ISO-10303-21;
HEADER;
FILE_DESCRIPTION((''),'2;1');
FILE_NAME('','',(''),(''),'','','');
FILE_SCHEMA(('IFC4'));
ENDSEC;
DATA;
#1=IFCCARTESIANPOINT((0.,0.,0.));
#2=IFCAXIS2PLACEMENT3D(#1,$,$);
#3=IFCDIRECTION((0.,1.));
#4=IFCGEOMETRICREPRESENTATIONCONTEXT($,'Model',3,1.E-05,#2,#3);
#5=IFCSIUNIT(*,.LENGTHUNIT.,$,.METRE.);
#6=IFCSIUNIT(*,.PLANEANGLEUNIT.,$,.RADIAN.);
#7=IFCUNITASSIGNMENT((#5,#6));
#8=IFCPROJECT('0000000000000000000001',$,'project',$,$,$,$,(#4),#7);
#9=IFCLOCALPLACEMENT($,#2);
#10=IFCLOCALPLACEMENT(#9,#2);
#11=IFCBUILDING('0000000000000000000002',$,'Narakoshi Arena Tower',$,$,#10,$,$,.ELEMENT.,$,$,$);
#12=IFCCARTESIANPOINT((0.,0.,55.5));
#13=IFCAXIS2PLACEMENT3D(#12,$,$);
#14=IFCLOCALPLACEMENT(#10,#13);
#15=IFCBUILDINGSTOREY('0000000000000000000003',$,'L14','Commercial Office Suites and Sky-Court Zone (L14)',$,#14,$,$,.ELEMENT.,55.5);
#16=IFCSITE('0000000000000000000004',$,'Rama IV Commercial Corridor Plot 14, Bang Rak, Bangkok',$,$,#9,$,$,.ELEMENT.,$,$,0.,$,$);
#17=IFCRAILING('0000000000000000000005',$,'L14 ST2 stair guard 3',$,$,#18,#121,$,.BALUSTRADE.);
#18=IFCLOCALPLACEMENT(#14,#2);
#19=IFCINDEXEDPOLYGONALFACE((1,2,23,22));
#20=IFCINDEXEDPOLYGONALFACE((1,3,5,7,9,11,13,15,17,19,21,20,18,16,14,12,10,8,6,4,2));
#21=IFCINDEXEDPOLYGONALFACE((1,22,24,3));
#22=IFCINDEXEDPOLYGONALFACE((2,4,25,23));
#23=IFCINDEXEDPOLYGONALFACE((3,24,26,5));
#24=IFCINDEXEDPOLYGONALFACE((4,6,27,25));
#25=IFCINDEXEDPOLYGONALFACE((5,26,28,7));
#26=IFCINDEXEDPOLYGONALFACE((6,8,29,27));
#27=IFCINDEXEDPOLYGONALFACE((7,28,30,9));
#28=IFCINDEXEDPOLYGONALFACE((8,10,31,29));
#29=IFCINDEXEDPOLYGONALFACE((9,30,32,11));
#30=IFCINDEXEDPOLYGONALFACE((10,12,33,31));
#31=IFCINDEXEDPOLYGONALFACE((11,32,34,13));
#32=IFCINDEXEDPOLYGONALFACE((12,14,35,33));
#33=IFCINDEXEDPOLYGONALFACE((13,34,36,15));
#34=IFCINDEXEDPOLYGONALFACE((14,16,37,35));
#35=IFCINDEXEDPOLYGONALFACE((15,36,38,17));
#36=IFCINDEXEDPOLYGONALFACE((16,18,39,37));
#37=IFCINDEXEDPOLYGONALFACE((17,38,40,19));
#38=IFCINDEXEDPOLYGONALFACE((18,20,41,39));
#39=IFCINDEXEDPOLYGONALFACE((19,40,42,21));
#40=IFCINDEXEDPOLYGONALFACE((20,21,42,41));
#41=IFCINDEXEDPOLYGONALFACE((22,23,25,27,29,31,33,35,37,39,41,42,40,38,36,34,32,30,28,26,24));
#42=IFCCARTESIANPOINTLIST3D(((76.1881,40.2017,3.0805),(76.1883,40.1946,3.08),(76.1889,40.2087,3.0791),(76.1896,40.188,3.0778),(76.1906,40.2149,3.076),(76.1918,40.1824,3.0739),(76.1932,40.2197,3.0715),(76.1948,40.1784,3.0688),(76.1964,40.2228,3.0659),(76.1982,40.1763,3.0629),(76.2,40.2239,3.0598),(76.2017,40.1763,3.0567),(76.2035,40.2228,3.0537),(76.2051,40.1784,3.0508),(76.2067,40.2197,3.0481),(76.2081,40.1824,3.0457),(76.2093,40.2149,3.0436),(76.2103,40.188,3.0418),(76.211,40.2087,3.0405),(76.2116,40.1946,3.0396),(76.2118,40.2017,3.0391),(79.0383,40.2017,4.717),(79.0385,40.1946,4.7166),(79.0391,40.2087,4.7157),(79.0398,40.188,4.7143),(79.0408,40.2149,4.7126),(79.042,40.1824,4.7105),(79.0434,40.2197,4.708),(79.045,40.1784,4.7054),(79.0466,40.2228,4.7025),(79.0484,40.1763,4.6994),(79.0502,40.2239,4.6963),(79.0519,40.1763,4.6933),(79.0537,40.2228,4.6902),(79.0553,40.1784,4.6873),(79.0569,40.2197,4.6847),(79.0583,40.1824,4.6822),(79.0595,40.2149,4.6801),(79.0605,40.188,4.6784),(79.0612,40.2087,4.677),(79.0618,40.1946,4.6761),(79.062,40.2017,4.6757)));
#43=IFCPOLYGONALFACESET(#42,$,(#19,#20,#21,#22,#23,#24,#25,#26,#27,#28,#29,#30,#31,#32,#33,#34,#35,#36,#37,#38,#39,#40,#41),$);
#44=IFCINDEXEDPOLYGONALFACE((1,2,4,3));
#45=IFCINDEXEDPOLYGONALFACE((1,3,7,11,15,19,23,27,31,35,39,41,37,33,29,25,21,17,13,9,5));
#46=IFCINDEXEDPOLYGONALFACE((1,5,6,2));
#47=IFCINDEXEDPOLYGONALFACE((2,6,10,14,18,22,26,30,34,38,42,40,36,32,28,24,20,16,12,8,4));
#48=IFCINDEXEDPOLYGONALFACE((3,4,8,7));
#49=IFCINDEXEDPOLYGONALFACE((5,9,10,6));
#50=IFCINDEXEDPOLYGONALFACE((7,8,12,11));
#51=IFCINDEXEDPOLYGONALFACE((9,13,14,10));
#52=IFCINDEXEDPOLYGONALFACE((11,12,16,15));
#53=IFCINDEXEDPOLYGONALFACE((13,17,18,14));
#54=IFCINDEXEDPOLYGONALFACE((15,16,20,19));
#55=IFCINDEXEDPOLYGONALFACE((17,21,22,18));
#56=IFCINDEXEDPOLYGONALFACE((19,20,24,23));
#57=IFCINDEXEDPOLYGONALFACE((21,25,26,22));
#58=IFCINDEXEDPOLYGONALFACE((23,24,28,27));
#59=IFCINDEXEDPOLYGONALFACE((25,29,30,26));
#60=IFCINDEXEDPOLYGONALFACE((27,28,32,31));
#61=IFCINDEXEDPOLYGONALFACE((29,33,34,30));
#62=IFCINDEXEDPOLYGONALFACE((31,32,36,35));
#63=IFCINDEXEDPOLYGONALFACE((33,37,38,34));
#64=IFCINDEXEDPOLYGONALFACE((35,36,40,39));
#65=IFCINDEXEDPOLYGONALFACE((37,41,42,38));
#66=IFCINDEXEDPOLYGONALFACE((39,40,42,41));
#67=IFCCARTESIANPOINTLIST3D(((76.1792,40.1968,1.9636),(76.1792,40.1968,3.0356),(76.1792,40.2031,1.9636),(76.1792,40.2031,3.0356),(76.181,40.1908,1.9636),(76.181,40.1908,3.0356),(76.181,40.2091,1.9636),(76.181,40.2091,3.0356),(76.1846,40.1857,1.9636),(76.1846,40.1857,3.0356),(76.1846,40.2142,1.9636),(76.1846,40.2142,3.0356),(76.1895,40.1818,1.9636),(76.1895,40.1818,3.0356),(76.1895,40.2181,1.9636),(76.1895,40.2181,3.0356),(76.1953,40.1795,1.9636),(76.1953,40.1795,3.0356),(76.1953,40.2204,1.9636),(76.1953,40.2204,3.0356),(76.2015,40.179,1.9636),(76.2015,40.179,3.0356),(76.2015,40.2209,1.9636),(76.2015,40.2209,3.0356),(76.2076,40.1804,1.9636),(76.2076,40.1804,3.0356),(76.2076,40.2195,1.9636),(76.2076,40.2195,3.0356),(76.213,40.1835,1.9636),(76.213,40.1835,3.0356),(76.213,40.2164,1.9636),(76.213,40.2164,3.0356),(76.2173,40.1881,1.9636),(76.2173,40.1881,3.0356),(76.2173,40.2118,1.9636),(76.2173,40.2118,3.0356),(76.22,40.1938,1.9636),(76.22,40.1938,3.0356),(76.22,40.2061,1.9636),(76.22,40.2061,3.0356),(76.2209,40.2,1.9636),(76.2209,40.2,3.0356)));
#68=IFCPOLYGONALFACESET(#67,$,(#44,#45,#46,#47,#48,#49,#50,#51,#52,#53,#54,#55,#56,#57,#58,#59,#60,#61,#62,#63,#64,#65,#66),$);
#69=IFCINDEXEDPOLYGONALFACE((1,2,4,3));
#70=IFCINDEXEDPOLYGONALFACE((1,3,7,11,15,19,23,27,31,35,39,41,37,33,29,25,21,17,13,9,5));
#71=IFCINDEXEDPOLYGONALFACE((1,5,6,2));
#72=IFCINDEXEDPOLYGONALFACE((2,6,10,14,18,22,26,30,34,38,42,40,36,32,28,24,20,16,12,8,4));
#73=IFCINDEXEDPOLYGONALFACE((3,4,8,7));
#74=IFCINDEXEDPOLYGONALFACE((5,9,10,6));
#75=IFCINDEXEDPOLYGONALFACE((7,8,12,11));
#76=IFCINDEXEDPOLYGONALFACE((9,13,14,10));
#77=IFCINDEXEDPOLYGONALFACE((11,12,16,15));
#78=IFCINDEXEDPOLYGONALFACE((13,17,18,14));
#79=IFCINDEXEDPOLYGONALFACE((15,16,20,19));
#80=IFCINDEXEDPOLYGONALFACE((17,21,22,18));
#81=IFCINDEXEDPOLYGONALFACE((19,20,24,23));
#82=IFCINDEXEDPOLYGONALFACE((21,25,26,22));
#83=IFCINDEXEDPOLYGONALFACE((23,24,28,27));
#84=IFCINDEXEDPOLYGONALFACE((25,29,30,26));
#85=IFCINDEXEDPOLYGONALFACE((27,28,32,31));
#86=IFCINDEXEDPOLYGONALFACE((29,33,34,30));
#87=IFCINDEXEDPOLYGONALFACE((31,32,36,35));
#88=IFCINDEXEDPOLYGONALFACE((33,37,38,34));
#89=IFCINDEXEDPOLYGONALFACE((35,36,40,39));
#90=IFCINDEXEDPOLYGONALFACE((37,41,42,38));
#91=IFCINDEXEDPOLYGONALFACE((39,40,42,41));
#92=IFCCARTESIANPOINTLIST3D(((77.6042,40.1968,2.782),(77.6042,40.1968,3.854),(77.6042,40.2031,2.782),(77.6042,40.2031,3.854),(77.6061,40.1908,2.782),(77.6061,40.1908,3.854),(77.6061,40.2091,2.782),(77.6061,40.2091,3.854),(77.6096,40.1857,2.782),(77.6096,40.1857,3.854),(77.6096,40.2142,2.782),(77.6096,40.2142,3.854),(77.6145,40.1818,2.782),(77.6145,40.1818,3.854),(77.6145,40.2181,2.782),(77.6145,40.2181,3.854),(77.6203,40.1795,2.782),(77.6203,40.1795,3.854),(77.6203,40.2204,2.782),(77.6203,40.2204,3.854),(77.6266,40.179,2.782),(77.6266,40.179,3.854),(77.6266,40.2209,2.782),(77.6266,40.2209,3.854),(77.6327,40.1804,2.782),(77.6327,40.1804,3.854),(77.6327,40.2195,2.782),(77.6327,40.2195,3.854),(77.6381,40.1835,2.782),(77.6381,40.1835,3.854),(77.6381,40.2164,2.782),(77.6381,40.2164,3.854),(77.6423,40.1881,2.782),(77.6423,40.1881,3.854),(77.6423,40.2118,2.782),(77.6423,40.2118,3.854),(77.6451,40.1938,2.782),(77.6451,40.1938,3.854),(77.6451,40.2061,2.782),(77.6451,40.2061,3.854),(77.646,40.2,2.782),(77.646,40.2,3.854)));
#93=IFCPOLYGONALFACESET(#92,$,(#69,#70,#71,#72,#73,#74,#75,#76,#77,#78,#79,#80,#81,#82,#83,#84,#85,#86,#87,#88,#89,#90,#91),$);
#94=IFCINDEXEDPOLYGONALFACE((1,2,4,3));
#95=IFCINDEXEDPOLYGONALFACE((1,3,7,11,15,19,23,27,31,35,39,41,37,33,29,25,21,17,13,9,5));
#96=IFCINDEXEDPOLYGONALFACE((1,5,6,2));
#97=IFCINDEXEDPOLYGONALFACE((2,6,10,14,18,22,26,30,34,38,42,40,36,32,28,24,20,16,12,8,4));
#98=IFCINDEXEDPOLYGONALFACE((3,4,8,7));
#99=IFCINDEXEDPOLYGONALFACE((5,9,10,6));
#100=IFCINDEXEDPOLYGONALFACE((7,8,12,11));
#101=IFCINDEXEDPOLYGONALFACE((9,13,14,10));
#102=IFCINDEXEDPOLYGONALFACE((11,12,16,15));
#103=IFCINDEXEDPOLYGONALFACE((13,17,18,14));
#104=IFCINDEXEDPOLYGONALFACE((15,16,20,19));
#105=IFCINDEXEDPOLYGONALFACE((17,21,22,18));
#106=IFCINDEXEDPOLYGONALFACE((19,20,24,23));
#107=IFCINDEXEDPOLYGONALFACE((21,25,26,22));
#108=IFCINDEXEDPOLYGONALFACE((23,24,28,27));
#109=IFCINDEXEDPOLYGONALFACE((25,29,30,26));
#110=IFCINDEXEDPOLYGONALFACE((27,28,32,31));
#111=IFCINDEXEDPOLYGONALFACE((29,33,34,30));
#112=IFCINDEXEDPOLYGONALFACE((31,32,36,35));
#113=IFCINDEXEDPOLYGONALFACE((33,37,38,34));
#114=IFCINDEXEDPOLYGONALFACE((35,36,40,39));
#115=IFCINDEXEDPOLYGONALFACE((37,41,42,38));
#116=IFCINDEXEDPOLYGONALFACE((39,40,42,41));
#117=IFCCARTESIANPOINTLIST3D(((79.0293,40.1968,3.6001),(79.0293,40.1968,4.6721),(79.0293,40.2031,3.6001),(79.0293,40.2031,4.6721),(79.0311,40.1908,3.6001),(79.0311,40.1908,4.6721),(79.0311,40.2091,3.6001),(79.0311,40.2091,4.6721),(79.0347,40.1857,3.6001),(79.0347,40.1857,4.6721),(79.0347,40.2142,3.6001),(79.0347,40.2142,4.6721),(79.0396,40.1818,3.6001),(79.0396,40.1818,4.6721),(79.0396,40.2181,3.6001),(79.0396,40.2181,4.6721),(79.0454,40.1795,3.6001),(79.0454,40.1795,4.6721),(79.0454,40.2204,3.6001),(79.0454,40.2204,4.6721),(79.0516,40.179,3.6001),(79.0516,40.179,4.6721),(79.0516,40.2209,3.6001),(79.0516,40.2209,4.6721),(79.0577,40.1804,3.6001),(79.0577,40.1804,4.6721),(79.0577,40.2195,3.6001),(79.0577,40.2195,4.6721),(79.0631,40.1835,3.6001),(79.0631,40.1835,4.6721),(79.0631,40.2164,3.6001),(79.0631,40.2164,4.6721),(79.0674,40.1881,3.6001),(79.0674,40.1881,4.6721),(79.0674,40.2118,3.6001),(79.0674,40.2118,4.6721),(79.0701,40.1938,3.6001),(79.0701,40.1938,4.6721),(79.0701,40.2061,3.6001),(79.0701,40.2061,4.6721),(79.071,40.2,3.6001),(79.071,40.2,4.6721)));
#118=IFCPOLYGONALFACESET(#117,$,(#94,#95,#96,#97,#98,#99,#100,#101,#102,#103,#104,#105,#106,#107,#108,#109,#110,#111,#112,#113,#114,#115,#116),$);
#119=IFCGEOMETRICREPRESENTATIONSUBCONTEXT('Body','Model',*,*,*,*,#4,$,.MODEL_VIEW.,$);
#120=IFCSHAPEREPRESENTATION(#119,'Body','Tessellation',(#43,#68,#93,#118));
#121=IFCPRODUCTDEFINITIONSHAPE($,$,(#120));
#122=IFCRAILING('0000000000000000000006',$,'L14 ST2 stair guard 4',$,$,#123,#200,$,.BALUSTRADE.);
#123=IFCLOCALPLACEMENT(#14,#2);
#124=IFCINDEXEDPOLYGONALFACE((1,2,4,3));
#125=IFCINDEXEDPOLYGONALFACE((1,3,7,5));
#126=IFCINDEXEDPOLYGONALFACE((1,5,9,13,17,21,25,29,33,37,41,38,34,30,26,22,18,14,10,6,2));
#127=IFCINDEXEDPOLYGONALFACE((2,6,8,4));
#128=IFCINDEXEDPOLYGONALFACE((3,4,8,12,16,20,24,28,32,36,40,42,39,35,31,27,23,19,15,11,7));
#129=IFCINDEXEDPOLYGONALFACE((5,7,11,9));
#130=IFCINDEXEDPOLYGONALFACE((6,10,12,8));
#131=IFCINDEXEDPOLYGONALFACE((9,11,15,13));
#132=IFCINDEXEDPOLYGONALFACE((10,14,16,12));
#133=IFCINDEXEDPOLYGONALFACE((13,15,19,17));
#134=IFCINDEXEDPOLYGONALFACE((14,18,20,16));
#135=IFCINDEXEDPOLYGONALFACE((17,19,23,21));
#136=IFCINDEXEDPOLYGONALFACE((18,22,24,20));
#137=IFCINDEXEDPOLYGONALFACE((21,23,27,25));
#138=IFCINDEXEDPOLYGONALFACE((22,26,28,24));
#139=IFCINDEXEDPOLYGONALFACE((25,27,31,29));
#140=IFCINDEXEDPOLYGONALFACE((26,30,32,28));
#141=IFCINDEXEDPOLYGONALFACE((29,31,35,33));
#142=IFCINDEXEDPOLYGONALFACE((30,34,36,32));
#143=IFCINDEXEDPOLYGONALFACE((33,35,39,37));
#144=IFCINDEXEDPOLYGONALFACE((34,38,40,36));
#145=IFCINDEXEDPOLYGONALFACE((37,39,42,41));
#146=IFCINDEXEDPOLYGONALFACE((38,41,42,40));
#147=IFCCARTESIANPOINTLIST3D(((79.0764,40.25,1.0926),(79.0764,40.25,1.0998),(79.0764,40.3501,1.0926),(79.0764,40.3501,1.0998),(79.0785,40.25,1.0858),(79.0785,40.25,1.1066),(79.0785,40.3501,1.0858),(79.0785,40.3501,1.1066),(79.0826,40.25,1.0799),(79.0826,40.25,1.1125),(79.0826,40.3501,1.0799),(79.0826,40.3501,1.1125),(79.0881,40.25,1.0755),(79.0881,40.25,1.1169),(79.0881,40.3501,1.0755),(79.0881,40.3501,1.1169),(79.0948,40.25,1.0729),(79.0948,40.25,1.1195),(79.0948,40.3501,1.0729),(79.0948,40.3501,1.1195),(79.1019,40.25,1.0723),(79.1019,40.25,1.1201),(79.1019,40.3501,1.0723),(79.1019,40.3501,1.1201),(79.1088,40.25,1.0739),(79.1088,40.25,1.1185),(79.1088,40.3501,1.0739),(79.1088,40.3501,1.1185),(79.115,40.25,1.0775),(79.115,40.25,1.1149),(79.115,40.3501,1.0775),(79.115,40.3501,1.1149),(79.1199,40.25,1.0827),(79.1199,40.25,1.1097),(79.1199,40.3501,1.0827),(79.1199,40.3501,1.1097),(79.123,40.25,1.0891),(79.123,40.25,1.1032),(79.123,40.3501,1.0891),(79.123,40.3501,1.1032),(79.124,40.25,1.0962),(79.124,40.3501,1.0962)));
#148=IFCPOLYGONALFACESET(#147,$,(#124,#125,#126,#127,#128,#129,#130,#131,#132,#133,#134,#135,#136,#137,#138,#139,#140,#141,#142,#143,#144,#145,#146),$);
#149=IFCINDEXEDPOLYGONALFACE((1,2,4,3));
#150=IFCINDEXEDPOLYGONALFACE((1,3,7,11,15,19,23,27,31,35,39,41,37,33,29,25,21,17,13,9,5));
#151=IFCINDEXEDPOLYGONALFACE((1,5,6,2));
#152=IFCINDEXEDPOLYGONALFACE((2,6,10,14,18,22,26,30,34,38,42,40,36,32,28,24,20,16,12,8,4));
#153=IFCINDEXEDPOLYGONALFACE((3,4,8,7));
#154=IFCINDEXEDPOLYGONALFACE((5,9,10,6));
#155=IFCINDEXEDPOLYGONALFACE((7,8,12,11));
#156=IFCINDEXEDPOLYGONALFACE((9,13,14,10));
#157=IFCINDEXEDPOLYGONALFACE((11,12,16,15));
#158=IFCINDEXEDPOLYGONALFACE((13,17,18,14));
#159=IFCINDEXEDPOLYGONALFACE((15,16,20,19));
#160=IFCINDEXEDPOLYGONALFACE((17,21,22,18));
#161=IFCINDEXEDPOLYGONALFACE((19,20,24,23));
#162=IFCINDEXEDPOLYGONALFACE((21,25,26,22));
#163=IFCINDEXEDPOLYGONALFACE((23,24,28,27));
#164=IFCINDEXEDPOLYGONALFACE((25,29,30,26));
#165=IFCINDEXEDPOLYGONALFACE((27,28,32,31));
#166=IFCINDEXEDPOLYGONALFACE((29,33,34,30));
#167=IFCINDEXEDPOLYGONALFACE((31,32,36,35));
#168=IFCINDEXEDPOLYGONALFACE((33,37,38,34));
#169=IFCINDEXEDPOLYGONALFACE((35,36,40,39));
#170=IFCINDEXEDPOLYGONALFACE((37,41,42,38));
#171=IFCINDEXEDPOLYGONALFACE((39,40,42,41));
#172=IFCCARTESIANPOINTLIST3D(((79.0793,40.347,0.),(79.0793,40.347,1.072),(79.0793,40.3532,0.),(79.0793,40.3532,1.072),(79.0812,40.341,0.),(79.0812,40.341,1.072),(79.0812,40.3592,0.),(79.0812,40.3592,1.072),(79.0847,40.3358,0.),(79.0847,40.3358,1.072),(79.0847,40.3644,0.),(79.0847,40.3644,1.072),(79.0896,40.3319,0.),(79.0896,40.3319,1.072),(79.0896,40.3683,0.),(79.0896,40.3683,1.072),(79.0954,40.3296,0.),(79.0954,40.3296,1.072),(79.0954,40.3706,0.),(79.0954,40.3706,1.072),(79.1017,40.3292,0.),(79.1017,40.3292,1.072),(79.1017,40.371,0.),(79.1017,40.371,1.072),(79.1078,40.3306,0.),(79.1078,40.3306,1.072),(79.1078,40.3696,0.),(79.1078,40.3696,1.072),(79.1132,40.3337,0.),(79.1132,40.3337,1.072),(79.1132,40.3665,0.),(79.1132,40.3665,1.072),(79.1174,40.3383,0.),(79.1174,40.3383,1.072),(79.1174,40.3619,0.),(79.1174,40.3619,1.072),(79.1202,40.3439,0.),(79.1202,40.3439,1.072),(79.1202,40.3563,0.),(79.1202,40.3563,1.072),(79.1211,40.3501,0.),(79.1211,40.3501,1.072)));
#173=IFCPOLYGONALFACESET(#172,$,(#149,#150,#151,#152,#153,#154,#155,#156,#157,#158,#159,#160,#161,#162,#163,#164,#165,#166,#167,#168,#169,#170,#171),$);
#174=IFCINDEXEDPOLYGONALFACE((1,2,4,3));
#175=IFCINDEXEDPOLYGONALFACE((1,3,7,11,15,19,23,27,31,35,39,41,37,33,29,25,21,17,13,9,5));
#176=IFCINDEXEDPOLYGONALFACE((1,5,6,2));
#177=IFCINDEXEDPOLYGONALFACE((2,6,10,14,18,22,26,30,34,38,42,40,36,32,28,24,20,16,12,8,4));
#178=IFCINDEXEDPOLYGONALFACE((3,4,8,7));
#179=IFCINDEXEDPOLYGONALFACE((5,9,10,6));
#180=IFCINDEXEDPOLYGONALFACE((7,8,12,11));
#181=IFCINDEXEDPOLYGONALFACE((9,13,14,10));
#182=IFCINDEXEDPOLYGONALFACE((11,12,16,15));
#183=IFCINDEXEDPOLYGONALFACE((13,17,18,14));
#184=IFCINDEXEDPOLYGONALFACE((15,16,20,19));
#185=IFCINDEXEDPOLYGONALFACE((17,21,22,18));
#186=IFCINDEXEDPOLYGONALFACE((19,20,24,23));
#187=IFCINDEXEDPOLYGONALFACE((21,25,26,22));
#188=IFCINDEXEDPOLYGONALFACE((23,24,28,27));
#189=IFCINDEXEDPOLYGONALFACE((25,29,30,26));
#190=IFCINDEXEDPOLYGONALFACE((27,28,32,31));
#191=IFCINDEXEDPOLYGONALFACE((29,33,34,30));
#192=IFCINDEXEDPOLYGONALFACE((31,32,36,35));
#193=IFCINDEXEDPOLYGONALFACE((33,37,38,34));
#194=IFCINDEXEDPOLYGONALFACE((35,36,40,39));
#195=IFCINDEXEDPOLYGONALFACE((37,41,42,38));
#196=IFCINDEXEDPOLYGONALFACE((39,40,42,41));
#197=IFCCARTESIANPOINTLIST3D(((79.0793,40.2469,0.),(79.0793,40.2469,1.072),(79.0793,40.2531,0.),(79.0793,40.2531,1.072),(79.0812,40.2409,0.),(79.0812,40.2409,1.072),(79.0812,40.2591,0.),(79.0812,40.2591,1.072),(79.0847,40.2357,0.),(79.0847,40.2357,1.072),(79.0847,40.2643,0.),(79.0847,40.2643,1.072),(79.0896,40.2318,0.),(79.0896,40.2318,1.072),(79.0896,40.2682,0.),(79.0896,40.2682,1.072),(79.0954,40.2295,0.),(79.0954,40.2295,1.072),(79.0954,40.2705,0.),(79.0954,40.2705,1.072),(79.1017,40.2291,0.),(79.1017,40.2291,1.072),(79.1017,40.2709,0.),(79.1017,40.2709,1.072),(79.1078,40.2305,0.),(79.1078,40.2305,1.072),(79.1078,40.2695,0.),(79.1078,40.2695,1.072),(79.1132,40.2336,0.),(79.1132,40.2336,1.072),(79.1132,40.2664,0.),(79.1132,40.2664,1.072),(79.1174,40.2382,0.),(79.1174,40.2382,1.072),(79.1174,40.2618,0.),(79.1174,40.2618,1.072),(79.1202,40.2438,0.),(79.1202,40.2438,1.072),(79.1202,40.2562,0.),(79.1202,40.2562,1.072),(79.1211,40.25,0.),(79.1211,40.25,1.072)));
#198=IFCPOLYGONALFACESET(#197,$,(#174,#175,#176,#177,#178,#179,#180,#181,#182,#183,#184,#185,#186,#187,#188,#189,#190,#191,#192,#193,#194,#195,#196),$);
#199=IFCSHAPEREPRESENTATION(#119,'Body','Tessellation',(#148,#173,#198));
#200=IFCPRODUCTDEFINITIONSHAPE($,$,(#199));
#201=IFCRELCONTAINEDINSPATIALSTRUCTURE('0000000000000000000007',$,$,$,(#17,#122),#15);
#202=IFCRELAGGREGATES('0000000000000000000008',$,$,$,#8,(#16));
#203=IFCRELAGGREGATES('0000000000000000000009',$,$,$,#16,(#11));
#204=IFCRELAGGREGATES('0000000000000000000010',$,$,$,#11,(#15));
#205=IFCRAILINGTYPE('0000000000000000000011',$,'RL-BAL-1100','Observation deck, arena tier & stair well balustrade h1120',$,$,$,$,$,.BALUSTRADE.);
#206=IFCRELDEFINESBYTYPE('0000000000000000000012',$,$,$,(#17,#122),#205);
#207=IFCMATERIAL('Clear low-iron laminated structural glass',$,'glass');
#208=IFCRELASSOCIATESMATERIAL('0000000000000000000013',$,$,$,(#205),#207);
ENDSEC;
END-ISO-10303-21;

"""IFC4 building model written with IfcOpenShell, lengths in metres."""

from ifc_helpers import new_model, si_unit, direction, frame, origin, origin_2d, place, context, subcontext, project, spatial, circle, extrude, material, type_object, element, save


model = new_model("IFC4")

# Units and contexts
model_context = context("Model", 3, precision=1e-05, world=origin(), true_north=direction((0.0, 1.0)))
body_context = subcontext(model_context, "Body", "Model", "MODEL_VIEW")
ifc_project = project(units=[si_unit("LENGTHUNIT", "METRE"), si_unit("PLANEANGLEUNIT", "RADIAN")], contexts=[model_context])

# Site, building, storey
site_placement = place(None, origin())
site = spatial("IfcSite", under=ifc_project, at=site_placement, Name="Rama IV Commercial Corridor Plot 14, Bang Rak, Bangkok", CompositionType="ELEMENT", RefElevation=0.0)
building_placement = place(site_placement, origin())
building = spatial("IfcBuilding", under=site, at=building_placement, Name="Narakoshi Arena Tower", CompositionType="ELEMENT")
storey_placement = place(building_placement, frame((0.0, 0.0, 55.5)))
storey = spatial("IfcBuildingStorey", under=building, at=storey_placement, Name="L14", Description="Commercial Office Suites and Sky-Court Zone (L14)", CompositionType="ELEMENT", Elevation=55.5)

# Railings
ifc_material_1 = material(Name="Clear low-iron laminated structural glass", Category="glass")
railing_type_1 = type_object("IfcRailingType", Name="RL-BAL-1100", Description="Observation deck, arena tier & stair well balustrade h1120", PredefinedType="BALUSTRADE", material=ifc_material_1)
railing_1_placement = place(storey_placement, frame((76.2, 40.2, 1.9636)))
element("IfcRailing", 1, at=railing_1_placement, inside=storey, type_object=railing_type_1, Name="L14 ST2 stair guard 3", PredefinedType="BALUSTRADE", context=body_context, shape_type="SweptSolid", body=[
    extrude(circle(Radius=0.0239, at=origin_2d()), frame((0.0, 0.0, 1.0962), z_axis=(0.867213, 0.0, 0.497938), x_axis=(0.0, 1.0, 0.0)), (0.0, 0.0, 1.0), 3.2866),
    extrude(circle(Radius=0.021, at=origin_2d()), origin(), (0.0, 0.0, 1.0), 1.072),
    extrude(circle(Radius=0.021, at=origin_2d()), frame((1.425, 0.0, 0.8184)), (0.0, 0.0, 1.0), 1.072),
    extrude(circle(Radius=0.021, at=origin_2d()), frame((2.8501, 0.0, 1.6365)), (0.0, 0.0, 1.0), 1.072),
])
railing_2_placement = place(storey_placement, frame((79.1001, 40.3501, 0.0)))
element("IfcRailing", 2, at=railing_2_placement, inside=storey, type_object=railing_type_1, Name="L14 ST2 stair guard 4", PredefinedType="BALUSTRADE", context=body_context, shape_type="SweptSolid", body=[
    extrude(circle(Radius=0.0239, at=origin_2d()), frame((0.0, 0.0, 1.0962), z_axis=(0.0, -1.0, 0.0), x_axis=(1.0, 0.0, 0.0)), (0.0, 0.0, 1.0), 0.1001),
    extrude(circle(Radius=0.021, at=origin_2d()), origin(), (0.0, 0.0, 1.0), 1.072),
    extrude(circle(Radius=0.021, at=origin_2d()), frame((0.0, -0.1001, 0.0)), (0.0, 0.0, 1.0), 1.072),
])

save(model, "model.ifc")
